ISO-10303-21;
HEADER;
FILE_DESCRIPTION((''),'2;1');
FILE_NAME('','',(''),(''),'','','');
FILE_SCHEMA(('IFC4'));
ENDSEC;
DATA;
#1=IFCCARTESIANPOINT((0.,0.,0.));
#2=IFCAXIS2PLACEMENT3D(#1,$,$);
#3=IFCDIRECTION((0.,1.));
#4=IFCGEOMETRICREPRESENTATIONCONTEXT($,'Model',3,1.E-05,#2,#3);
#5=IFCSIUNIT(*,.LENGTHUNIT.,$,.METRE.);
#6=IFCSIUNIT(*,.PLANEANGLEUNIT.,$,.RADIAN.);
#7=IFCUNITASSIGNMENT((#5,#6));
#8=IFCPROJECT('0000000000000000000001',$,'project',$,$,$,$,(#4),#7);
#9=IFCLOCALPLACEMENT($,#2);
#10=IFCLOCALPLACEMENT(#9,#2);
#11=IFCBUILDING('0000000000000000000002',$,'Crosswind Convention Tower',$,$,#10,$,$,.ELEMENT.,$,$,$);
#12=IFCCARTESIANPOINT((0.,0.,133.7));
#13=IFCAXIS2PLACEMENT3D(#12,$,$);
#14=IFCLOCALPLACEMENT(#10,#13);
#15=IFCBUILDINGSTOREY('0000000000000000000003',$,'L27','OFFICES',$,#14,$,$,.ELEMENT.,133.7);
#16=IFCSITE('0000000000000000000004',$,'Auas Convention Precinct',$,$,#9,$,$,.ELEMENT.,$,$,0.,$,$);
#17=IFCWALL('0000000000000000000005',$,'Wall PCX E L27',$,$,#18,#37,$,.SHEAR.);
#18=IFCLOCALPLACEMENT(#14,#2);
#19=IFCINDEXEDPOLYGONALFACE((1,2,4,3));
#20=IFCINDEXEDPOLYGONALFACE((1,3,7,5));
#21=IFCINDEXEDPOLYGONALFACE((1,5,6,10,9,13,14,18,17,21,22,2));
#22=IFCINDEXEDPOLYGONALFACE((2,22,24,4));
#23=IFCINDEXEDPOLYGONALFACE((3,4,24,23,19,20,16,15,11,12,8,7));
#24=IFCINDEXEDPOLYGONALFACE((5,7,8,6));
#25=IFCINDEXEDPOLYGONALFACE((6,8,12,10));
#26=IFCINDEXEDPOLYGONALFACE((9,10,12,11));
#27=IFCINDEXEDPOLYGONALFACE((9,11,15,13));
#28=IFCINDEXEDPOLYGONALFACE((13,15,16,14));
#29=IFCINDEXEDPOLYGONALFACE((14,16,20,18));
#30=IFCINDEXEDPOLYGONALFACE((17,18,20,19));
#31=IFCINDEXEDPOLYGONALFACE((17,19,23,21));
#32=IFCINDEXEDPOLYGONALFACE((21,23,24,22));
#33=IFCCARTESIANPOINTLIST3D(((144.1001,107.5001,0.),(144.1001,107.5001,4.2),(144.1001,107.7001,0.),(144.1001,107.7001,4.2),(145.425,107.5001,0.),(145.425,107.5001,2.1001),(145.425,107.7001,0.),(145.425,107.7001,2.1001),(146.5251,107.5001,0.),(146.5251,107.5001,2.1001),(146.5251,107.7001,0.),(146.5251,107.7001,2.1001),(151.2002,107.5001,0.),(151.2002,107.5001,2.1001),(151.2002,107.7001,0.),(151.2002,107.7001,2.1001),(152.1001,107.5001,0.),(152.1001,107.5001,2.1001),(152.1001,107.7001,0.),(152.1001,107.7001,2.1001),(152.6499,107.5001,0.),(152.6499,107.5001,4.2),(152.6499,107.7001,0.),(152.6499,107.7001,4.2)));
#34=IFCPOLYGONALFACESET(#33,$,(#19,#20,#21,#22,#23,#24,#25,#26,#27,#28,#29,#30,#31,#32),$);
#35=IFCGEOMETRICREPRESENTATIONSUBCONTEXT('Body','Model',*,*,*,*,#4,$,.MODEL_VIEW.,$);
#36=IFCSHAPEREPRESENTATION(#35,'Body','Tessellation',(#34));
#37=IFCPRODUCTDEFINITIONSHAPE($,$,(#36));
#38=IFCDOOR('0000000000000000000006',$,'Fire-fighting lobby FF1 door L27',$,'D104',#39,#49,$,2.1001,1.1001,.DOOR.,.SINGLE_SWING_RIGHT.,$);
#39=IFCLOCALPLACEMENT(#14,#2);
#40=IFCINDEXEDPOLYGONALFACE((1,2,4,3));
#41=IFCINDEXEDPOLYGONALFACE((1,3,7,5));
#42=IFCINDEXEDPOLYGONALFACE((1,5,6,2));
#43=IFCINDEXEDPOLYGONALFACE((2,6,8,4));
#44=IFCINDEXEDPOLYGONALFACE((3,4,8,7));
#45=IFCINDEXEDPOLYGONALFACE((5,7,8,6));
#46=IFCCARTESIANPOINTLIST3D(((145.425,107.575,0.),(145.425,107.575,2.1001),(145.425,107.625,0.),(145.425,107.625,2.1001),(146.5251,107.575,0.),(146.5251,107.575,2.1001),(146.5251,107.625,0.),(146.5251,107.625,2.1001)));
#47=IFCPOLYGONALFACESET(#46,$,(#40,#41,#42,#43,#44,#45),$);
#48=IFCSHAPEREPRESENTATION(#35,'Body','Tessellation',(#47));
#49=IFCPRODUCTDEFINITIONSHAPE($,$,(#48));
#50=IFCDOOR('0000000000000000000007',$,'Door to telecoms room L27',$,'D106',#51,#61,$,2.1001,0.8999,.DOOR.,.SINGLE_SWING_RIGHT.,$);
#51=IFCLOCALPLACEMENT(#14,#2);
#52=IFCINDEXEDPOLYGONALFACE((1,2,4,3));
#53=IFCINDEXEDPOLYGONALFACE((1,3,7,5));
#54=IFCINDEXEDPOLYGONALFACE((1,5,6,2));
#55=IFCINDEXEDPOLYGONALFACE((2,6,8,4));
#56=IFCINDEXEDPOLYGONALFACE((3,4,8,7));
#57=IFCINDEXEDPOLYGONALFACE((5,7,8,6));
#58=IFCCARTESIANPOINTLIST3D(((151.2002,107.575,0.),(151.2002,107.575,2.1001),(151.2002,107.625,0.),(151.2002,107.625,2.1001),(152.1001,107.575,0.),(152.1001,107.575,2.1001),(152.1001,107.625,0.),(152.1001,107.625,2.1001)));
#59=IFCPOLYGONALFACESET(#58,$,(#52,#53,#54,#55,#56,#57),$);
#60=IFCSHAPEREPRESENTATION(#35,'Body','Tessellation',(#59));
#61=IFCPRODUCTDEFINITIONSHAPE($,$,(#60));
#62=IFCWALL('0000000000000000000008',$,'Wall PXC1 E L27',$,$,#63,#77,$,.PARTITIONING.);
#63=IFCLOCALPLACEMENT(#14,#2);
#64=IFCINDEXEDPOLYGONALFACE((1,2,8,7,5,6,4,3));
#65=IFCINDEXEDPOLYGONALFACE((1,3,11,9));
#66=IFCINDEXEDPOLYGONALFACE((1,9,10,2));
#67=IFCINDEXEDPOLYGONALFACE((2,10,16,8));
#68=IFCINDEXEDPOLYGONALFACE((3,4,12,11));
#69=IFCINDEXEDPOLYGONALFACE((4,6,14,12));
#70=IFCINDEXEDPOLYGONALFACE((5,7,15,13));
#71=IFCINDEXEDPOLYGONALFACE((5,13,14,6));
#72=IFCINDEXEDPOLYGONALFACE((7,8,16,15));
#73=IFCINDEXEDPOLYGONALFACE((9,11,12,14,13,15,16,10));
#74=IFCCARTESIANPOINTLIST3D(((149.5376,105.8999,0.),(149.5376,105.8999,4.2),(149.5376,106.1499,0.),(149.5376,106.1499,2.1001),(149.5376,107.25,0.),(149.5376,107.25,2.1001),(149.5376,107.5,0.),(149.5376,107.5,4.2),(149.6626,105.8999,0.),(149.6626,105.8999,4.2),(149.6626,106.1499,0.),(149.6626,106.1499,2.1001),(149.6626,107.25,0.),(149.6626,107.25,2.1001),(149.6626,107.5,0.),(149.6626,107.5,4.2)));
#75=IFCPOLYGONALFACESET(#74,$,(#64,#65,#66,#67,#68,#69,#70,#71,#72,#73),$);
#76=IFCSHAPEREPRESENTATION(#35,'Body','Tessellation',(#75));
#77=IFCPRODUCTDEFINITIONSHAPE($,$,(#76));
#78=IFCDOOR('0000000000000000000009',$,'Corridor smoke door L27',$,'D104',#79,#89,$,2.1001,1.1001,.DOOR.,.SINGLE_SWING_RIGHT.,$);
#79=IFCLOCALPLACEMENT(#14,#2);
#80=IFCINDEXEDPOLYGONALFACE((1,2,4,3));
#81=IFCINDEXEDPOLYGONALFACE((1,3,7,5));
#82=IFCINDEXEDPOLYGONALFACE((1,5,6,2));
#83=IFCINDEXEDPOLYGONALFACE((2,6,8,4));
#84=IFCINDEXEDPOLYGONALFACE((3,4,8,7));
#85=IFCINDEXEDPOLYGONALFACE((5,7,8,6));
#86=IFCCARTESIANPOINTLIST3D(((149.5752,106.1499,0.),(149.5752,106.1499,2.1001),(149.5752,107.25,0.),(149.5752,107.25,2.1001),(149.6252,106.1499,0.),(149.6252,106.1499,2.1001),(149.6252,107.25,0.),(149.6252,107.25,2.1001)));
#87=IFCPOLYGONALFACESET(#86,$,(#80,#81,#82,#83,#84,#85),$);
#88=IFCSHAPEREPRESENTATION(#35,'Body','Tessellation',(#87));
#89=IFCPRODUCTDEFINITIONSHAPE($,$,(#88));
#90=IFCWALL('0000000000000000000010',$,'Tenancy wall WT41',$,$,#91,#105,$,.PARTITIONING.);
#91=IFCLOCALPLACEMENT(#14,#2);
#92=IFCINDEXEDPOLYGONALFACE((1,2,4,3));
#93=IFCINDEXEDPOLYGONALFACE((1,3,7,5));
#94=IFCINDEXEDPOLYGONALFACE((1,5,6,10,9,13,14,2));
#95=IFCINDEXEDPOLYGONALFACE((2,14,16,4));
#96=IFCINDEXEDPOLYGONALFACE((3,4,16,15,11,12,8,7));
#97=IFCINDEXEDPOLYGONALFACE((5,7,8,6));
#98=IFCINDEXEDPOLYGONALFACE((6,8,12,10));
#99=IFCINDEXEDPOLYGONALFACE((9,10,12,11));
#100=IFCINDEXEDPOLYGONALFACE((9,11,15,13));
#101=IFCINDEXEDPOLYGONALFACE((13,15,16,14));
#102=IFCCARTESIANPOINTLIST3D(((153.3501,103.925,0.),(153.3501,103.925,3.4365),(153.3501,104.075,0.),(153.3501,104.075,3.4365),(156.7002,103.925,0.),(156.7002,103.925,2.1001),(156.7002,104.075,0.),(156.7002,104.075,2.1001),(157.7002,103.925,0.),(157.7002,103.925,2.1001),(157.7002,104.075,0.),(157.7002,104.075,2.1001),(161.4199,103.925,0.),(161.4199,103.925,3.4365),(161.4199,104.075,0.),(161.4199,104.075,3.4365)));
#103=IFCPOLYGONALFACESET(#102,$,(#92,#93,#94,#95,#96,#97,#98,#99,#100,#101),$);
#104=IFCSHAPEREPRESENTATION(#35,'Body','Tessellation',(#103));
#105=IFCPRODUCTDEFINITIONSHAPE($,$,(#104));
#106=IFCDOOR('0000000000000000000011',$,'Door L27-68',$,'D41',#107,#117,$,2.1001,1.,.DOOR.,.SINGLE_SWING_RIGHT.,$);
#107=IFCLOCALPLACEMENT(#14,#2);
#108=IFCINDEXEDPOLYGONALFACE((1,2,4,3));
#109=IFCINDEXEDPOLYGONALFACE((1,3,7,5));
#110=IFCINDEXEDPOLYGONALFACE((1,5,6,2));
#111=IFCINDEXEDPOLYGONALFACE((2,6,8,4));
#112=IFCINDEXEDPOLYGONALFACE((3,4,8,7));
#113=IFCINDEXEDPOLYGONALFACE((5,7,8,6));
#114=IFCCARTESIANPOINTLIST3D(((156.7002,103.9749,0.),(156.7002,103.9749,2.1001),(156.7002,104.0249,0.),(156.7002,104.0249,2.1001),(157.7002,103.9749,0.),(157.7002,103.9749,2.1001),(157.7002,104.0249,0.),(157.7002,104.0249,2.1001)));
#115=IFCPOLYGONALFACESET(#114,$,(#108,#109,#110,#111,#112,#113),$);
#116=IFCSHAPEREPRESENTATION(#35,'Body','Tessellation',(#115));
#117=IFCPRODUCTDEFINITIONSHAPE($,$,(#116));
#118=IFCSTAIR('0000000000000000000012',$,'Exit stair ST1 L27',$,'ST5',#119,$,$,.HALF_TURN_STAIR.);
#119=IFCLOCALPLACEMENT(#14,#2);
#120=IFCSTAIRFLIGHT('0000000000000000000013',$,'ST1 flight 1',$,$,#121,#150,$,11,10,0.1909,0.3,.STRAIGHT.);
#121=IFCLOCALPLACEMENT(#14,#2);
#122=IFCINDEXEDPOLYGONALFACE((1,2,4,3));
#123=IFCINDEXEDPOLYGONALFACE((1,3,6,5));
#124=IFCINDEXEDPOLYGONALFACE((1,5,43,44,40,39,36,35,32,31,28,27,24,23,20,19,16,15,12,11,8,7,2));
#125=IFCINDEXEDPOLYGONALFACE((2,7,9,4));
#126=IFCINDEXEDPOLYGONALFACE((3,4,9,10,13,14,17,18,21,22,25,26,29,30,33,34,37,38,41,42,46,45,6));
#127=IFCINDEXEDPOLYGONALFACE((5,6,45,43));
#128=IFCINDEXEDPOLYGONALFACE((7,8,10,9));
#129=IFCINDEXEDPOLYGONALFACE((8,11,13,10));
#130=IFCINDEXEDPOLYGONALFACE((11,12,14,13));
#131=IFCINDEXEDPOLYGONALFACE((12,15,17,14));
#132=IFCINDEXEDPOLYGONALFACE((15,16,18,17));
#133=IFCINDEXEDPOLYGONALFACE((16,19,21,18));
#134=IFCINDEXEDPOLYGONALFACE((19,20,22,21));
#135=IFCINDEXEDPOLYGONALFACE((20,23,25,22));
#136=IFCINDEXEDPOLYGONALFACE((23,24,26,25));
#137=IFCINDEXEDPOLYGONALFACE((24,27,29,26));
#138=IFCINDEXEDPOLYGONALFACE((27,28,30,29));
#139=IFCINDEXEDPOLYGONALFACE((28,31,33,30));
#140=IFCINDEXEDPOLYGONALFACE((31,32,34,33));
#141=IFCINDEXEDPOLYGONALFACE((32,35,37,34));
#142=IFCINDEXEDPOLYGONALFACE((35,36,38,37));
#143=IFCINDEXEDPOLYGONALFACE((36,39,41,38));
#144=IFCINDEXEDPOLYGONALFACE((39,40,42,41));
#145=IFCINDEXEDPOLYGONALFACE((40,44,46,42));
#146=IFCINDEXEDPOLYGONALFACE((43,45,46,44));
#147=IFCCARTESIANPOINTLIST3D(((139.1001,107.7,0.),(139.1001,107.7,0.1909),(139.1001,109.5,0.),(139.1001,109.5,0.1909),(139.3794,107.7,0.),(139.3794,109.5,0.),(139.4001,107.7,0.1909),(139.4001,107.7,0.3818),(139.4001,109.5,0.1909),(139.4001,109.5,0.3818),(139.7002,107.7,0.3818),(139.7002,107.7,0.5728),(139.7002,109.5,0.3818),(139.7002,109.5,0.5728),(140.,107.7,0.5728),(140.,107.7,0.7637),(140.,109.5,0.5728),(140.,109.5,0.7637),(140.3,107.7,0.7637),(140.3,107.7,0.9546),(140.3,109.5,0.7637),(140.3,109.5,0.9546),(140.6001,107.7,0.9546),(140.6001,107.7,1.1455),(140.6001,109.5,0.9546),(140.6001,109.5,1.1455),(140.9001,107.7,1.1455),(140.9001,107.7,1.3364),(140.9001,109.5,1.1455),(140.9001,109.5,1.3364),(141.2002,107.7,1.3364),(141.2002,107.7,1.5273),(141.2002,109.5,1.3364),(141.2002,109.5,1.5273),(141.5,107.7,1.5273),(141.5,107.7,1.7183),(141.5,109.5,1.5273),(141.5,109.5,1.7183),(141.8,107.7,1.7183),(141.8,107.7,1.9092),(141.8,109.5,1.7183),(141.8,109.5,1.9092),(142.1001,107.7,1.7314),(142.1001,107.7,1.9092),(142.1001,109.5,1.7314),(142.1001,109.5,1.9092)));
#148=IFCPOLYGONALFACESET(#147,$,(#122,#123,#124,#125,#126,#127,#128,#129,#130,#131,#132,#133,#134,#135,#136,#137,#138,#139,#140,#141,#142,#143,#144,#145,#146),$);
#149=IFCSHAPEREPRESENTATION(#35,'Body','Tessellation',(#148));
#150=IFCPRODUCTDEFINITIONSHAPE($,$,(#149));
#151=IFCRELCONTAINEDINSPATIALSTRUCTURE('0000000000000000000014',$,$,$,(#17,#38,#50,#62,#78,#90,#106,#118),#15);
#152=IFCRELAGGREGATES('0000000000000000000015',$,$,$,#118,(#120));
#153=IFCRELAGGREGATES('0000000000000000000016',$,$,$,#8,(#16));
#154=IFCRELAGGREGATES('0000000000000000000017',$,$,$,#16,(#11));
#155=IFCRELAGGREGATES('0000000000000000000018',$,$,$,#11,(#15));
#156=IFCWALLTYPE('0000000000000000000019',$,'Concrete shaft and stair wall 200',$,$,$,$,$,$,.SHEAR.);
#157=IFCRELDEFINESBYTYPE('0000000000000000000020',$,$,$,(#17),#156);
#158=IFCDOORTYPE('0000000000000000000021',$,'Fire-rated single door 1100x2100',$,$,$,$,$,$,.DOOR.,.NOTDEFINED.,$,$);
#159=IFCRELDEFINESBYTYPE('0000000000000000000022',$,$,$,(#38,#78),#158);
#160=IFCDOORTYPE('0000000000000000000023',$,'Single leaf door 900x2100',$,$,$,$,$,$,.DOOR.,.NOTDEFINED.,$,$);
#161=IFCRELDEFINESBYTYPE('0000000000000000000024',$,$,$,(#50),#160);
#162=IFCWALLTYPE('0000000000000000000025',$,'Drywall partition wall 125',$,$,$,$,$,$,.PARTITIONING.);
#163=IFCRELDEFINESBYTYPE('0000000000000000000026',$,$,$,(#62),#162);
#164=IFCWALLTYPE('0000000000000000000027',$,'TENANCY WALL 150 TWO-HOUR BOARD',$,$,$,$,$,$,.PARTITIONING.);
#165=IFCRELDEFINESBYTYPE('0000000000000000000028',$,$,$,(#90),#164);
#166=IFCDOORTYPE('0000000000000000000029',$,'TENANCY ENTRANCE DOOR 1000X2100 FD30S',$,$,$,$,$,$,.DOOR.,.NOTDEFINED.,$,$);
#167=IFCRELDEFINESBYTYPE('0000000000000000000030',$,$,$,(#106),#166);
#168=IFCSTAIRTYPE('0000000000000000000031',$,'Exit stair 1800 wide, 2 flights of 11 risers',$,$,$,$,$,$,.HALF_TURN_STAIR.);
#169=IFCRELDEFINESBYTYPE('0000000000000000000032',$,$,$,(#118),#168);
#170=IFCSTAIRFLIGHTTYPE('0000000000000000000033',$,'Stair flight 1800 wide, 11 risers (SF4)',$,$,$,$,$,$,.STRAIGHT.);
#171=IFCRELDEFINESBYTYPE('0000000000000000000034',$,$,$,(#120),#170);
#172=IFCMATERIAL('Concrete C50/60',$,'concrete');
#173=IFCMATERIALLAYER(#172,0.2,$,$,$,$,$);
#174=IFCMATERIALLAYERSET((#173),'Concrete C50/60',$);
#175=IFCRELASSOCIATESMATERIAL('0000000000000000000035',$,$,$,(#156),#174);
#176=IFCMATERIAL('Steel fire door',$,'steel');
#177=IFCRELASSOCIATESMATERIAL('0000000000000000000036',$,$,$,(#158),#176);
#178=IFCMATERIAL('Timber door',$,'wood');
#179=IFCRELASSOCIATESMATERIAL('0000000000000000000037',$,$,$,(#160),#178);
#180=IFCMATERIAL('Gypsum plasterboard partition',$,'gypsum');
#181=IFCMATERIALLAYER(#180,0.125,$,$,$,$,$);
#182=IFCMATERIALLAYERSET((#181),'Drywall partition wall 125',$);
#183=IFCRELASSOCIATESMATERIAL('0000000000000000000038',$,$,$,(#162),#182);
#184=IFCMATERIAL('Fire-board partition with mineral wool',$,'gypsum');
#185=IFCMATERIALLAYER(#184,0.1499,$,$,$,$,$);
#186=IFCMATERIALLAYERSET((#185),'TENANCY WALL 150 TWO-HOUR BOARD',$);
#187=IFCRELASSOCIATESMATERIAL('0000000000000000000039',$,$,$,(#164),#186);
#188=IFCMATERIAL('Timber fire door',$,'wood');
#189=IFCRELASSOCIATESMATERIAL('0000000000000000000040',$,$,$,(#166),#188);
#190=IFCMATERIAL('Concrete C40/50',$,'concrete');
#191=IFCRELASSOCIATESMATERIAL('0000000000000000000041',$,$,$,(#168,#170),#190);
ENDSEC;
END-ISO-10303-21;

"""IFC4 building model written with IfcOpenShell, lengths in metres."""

from ifc_helpers import new_model, si_unit, direction, frame, frame_2d, origin, place, context, subcontext, project, spatial, polyline, rectangle, outline, extrude, material, layer, layer_set, type_object, element, fill, aggregate, save


model = new_model("IFC4")

# Units and contexts
model_context = context("Model", 3, precision=1e-05, world=origin(), true_north=direction((0.0, 1.0)))
body_context = subcontext(model_context, "Body", "Model", "MODEL_VIEW")
ifc_project = project(units=[si_unit("LENGTHUNIT", "METRE"), si_unit("PLANEANGLEUNIT", "RADIAN")], contexts=[model_context])

# Site, building, storey
site_placement = place(None, origin())
site = spatial("IfcSite", under=ifc_project, at=site_placement, Name="Auas Convention Precinct", CompositionType="ELEMENT", RefElevation=0.0)
building_placement = place(site_placement, origin())
building = spatial("IfcBuilding", under=site, at=building_placement, Name="Crosswind Convention Tower", CompositionType="ELEMENT")
storey_placement = place(building_placement, frame((0.0, 0.0, 133.7)))
storey = spatial("IfcBuildingStorey", under=building, at=storey_placement, Name="L27", Description="OFFICES", CompositionType="ELEMENT", Elevation=133.7)

# Shared definitions
ifc_material_1 = material(Name="Concrete C50/60", Category="concrete")
ifc_layer_1 = layer(ifc_material_1, 0.2)
ifc_layer_set_1 = layer_set([ifc_layer_1], Name="Concrete C50/60")
wall_type_1 = type_object("IfcWallType", Name="Concrete shaft and stair wall 200", PredefinedType="SHEAR", material=ifc_layer_set_1)

# Wall, openings, doors
wall_1_placement = place(storey_placement, frame((144.1001, 107.6001, 0.0), z_axis=(0.0, 0.0, 1.0), x_axis=(1.0, 0.0, 0.0)))
wall_1 = element("IfcWall", 1, at=wall_1_placement, inside=storey, type_object=wall_type_1, Name="Wall PCX E L27", PredefinedType="SHEAR", context=body_context, shape_type="SweptSolid", body=[
    extrude(rectangle(XDim=8.5498, YDim=0.2, at=frame_2d((4.2749, 0.0))), origin(), (0.0, 0.0, 1.0), 4.2),
])
opening_1_placement = place(wall_1_placement, frame((1.325, 0.0, 0.0)))
opening_1 = element("IfcOpeningElement", 2, at=opening_1_placement, cuts=wall_1, PredefinedType="OPENING", context=body_context, shape_type="SweptSolid", body=[
    extrude(rectangle(XDim=1.1001, YDim=2.1001, at=frame_2d((0.55, 1.05))), frame((0.0, 0.1099, 0.0), z_axis=(0.0, -1.0, 0.0), x_axis=(1.0, 0.0, 0.0)), (0.0, 0.0, 1.0), 0.22),
])
opening_2_placement = place(wall_1_placement, frame((7.1001, 0.0, 0.0)))
opening_2 = element("IfcOpeningElement", 3, at=opening_2_placement, cuts=wall_1, PredefinedType="OPENING", context=body_context, shape_type="SweptSolid", body=[
    extrude(rectangle(XDim=0.8999, YDim=2.1001, at=frame_2d((0.45, 1.05))), frame((0.0, 0.1099, 0.0), z_axis=(0.0, -1.0, 0.0), x_axis=(1.0, 0.0, 0.0)), (0.0, 0.0, 1.0), 0.22),
])
ifc_material_2 = material(Name="Steel fire door", Category="steel")
door_type_1 = type_object("IfcDoorType", Name="Fire-rated single door 1100x2100", OperationType="NOTDEFINED", PredefinedType="DOOR", material=ifc_material_2)
door_1_placement = place(opening_1_placement, origin())
door_1 = element("IfcDoor", 4, at=door_1_placement, inside=storey, type_object=door_type_1, Name="Fire-fighting lobby FF1 door L27", ObjectType="D104", OperationType="SINGLE_SWING_RIGHT", OverallHeight=2.1001, OverallWidth=1.1001, PredefinedType="DOOR", context=body_context, shape_type="SweptSolid", body=[
    extrude(rectangle(XDim=1.1001, YDim=2.1001, at=frame_2d((0.55, 1.05))), frame((0.0, 0.0249, 0.0), z_axis=(0.0, -1.0, 0.0), x_axis=(1.0, 0.0, 0.0)), (0.0, 0.0, 1.0), 0.05),
])
fill(opening_1, door_1)
ifc_material_3 = material(Name="Timber door", Category="wood")
door_type_2 = type_object("IfcDoorType", Name="Single leaf door 900x2100", OperationType="NOTDEFINED", PredefinedType="DOOR", material=ifc_material_3)
door_2_placement = place(opening_2_placement, origin())
door_2 = element("IfcDoor", 5, at=door_2_placement, inside=storey, type_object=door_type_2, Name="Door to telecoms room L27", ObjectType="D106", OperationType="SINGLE_SWING_RIGHT", OverallHeight=2.1001, OverallWidth=0.8999, PredefinedType="DOOR", context=body_context, shape_type="SweptSolid", body=[
    extrude(rectangle(XDim=0.8999, YDim=2.1001, at=frame_2d((0.45, 1.05))), frame((0.0, 0.0249, 0.0), z_axis=(0.0, -1.0, 0.0), x_axis=(1.0, 0.0, 0.0)), (0.0, 0.0, 1.0), 0.05),
])
fill(opening_2, door_2)

# Walls, openings, doors
ifc_material_4 = material(Name="Gypsum plasterboard partition", Category="gypsum")
ifc_layer_2 = layer(ifc_material_4, 0.125)
ifc_layer_set_2 = layer_set([ifc_layer_2], Name="Drywall partition wall 125")
wall_type_2 = type_object("IfcWallType", Name="Drywall partition wall 125", PredefinedType="PARTITIONING", material=ifc_layer_set_2)
wall_2_placement = place(storey_placement, frame((149.6001, 105.8999, 0.0), z_axis=(0.0, 0.0, 1.0), x_axis=(0.0, 1.0, 0.0)))
wall_2 = element("IfcWall", 6, at=wall_2_placement, inside=storey, type_object=wall_type_2, Name="Wall PXC1 E L27", PredefinedType="PARTITIONING", context=body_context, shape_type="SweptSolid", body=[
    extrude(rectangle(XDim=1.6001, YDim=0.125, at=frame_2d((0.8, 0.0))), origin(), (0.0, 0.0, 1.0), 4.2),
])
opening_3_placement = place(wall_2_placement, frame((0.25, 0.0, 0.0)))
opening_3 = element("IfcOpeningElement", 7, at=opening_3_placement, cuts=wall_2, PredefinedType="OPENING", context=body_context, shape_type="SweptSolid", body=[
    extrude(rectangle(XDim=1.1001, YDim=2.1001, at=frame_2d((0.55, 1.05))), frame((0.0, 0.0725, 0.0), z_axis=(0.0, -1.0, 0.0), x_axis=(1.0, 0.0, 0.0)), (0.0, 0.0, 1.0), 0.145),
])
door_3_placement = place(opening_3_placement, origin())
door_3 = element("IfcDoor", 8, at=door_3_placement, inside=storey, type_object=door_type_1, Name="Corridor smoke door L27", ObjectType="D104", OperationType="SINGLE_SWING_RIGHT", OverallHeight=2.1001, OverallWidth=1.1001, PredefinedType="DOOR", context=body_context, shape_type="SweptSolid", body=[
    extrude(rectangle(XDim=1.1001, YDim=2.1001, at=frame_2d((0.55, 1.05))), frame((0.0, 0.0249, 0.0), z_axis=(0.0, -1.0, 0.0), x_axis=(1.0, 0.0, 0.0)), (0.0, 0.0, 1.0), 0.05),
])
fill(opening_3, door_3)
ifc_material_5 = material(Name="Fire-board partition with mineral wool", Category="gypsum")
ifc_layer_3 = layer(ifc_material_5, 0.1499)
ifc_layer_set_3 = layer_set([ifc_layer_3], Name="TENANCY WALL 150 TWO-HOUR BOARD")
wall_type_3 = type_object("IfcWallType", Name="TENANCY WALL 150 TWO-HOUR BOARD", PredefinedType="PARTITIONING", material=ifc_layer_set_3)
wall_3_placement = place(storey_placement, frame((153.3501, 104.0, 0.0), z_axis=(0.0, 0.0, 1.0), x_axis=(1.0, 0.0, 0.0)))
wall_3 = element("IfcWall", 9, at=wall_3_placement, inside=storey, type_object=wall_type_3, Name="Tenancy wall WT41", PredefinedType="PARTITIONING", context=body_context, shape_type="SweptSolid", body=[
    extrude(rectangle(XDim=8.0698, YDim=0.1499, at=frame_2d((4.0349, 0.0))), origin(), (0.0, 0.0, 1.0), 3.4365),
])
opening_4_placement = place(wall_3_placement, frame((3.3501, 0.0, 0.0)))
opening_4 = element("IfcOpeningElement", 10, at=opening_4_placement, cuts=wall_3, PredefinedType="OPENING", context=body_context, shape_type="SweptSolid", body=[
    extrude(rectangle(XDim=1.0, YDim=2.1001, at=frame_2d((0.5, 1.05))), frame((0.0, 0.085, 0.0), z_axis=(0.0, -1.0, 0.0), x_axis=(1.0, 0.0, 0.0)), (0.0, 0.0, 1.0), 0.1699),
])
ifc_material_6 = material(Name="Timber fire door", Category="wood")
door_type_3 = type_object("IfcDoorType", Name="TENANCY ENTRANCE DOOR 1000X2100 FD30S", OperationType="NOTDEFINED", PredefinedType="DOOR", material=ifc_material_6)
door_4_placement = place(opening_4_placement, origin())
door_4 = element("IfcDoor", 11, at=door_4_placement, inside=storey, type_object=door_type_3, Name="Door L27-68", ObjectType="D41", OperationType="SINGLE_SWING_RIGHT", OverallHeight=2.1001, OverallWidth=1.0, PredefinedType="DOOR", context=body_context, shape_type="SweptSolid", body=[
    extrude(rectangle(XDim=1.0, YDim=2.1001, at=frame_2d((0.5, 1.05))), frame((0.0, 0.0249, 0.0), z_axis=(0.0, -1.0, 0.0), x_axis=(1.0, 0.0, 0.0)), (0.0, 0.0, 1.0), 0.05),
])
fill(opening_4, door_4)

# Stair, stair flight
ifc_material_7 = material(Name="Concrete C40/50", Category="concrete")
stair_type = type_object("IfcStairType", Name="Exit stair 1800 wide, 2 flights of 11 risers", PredefinedType="HALF_TURN_STAIR", material=ifc_material_7)
stair_placement = place(storey_placement, origin())
stair = element("IfcStair", 12, at=stair_placement, inside=storey, type_object=stair_type, Name="Exit stair ST1 L27", ObjectType="ST5", PredefinedType="HALF_TURN_STAIR")
stair_flight_type = type_object("IfcStairFlightType", Name="Stair flight 1800 wide, 11 risers (SF4)", PredefinedType="STRAIGHT", material=ifc_material_7)
stair_flight_1_placement = place(storey_placement, frame((139.1001, 108.6001, 0.0), z_axis=(0.0, 0.0, 1.0), x_axis=(1.0, 0.0, 0.0)))
stair_flight_1 = element("IfcStairFlight", 13, at=stair_flight_1_placement, type_object=stair_flight_type, Name="ST1 flight 1", NumberOfRisers=11, NumberOfTreads=10, PredefinedType="STRAIGHT", RiserHeight=0.1909, TreadLength=0.3, context=body_context, shape_type="SweptSolid", body=[
    extrude(outline(polyline([(0.0, 0.0), (0.0, 0.1909), (0.3, 0.1909), (0.3, 0.3818), (0.6001, 0.3818), (0.6001, 0.5728), (0.8999, 0.5728), (0.8999, 0.7637), (1.2, 0.7637), (1.2, 0.9546), (1.5, 0.9546), (1.5, 1.1455), (1.8, 1.1455), (1.8, 1.3364), (2.1001, 1.3364), (2.1001, 1.5273), (2.3999, 1.5273), (2.3999, 1.7183), (2.7, 1.7183), (2.7, 1.9092), (3.0, 1.9092), (3.0, 2.1001), (3.0, 1.7314), (0.2793, 0.0), (0.0, 0.0)])), frame((0.0, 0.8999, 0.0), z_axis=(0.0, -1.0, 0.0), x_axis=(1.0, 0.0, 0.0)), (0.0, 0.0, 1.0), 1.8),
])
aggregate(stair, [stair_flight_1])

save(model, "model.ifc")
